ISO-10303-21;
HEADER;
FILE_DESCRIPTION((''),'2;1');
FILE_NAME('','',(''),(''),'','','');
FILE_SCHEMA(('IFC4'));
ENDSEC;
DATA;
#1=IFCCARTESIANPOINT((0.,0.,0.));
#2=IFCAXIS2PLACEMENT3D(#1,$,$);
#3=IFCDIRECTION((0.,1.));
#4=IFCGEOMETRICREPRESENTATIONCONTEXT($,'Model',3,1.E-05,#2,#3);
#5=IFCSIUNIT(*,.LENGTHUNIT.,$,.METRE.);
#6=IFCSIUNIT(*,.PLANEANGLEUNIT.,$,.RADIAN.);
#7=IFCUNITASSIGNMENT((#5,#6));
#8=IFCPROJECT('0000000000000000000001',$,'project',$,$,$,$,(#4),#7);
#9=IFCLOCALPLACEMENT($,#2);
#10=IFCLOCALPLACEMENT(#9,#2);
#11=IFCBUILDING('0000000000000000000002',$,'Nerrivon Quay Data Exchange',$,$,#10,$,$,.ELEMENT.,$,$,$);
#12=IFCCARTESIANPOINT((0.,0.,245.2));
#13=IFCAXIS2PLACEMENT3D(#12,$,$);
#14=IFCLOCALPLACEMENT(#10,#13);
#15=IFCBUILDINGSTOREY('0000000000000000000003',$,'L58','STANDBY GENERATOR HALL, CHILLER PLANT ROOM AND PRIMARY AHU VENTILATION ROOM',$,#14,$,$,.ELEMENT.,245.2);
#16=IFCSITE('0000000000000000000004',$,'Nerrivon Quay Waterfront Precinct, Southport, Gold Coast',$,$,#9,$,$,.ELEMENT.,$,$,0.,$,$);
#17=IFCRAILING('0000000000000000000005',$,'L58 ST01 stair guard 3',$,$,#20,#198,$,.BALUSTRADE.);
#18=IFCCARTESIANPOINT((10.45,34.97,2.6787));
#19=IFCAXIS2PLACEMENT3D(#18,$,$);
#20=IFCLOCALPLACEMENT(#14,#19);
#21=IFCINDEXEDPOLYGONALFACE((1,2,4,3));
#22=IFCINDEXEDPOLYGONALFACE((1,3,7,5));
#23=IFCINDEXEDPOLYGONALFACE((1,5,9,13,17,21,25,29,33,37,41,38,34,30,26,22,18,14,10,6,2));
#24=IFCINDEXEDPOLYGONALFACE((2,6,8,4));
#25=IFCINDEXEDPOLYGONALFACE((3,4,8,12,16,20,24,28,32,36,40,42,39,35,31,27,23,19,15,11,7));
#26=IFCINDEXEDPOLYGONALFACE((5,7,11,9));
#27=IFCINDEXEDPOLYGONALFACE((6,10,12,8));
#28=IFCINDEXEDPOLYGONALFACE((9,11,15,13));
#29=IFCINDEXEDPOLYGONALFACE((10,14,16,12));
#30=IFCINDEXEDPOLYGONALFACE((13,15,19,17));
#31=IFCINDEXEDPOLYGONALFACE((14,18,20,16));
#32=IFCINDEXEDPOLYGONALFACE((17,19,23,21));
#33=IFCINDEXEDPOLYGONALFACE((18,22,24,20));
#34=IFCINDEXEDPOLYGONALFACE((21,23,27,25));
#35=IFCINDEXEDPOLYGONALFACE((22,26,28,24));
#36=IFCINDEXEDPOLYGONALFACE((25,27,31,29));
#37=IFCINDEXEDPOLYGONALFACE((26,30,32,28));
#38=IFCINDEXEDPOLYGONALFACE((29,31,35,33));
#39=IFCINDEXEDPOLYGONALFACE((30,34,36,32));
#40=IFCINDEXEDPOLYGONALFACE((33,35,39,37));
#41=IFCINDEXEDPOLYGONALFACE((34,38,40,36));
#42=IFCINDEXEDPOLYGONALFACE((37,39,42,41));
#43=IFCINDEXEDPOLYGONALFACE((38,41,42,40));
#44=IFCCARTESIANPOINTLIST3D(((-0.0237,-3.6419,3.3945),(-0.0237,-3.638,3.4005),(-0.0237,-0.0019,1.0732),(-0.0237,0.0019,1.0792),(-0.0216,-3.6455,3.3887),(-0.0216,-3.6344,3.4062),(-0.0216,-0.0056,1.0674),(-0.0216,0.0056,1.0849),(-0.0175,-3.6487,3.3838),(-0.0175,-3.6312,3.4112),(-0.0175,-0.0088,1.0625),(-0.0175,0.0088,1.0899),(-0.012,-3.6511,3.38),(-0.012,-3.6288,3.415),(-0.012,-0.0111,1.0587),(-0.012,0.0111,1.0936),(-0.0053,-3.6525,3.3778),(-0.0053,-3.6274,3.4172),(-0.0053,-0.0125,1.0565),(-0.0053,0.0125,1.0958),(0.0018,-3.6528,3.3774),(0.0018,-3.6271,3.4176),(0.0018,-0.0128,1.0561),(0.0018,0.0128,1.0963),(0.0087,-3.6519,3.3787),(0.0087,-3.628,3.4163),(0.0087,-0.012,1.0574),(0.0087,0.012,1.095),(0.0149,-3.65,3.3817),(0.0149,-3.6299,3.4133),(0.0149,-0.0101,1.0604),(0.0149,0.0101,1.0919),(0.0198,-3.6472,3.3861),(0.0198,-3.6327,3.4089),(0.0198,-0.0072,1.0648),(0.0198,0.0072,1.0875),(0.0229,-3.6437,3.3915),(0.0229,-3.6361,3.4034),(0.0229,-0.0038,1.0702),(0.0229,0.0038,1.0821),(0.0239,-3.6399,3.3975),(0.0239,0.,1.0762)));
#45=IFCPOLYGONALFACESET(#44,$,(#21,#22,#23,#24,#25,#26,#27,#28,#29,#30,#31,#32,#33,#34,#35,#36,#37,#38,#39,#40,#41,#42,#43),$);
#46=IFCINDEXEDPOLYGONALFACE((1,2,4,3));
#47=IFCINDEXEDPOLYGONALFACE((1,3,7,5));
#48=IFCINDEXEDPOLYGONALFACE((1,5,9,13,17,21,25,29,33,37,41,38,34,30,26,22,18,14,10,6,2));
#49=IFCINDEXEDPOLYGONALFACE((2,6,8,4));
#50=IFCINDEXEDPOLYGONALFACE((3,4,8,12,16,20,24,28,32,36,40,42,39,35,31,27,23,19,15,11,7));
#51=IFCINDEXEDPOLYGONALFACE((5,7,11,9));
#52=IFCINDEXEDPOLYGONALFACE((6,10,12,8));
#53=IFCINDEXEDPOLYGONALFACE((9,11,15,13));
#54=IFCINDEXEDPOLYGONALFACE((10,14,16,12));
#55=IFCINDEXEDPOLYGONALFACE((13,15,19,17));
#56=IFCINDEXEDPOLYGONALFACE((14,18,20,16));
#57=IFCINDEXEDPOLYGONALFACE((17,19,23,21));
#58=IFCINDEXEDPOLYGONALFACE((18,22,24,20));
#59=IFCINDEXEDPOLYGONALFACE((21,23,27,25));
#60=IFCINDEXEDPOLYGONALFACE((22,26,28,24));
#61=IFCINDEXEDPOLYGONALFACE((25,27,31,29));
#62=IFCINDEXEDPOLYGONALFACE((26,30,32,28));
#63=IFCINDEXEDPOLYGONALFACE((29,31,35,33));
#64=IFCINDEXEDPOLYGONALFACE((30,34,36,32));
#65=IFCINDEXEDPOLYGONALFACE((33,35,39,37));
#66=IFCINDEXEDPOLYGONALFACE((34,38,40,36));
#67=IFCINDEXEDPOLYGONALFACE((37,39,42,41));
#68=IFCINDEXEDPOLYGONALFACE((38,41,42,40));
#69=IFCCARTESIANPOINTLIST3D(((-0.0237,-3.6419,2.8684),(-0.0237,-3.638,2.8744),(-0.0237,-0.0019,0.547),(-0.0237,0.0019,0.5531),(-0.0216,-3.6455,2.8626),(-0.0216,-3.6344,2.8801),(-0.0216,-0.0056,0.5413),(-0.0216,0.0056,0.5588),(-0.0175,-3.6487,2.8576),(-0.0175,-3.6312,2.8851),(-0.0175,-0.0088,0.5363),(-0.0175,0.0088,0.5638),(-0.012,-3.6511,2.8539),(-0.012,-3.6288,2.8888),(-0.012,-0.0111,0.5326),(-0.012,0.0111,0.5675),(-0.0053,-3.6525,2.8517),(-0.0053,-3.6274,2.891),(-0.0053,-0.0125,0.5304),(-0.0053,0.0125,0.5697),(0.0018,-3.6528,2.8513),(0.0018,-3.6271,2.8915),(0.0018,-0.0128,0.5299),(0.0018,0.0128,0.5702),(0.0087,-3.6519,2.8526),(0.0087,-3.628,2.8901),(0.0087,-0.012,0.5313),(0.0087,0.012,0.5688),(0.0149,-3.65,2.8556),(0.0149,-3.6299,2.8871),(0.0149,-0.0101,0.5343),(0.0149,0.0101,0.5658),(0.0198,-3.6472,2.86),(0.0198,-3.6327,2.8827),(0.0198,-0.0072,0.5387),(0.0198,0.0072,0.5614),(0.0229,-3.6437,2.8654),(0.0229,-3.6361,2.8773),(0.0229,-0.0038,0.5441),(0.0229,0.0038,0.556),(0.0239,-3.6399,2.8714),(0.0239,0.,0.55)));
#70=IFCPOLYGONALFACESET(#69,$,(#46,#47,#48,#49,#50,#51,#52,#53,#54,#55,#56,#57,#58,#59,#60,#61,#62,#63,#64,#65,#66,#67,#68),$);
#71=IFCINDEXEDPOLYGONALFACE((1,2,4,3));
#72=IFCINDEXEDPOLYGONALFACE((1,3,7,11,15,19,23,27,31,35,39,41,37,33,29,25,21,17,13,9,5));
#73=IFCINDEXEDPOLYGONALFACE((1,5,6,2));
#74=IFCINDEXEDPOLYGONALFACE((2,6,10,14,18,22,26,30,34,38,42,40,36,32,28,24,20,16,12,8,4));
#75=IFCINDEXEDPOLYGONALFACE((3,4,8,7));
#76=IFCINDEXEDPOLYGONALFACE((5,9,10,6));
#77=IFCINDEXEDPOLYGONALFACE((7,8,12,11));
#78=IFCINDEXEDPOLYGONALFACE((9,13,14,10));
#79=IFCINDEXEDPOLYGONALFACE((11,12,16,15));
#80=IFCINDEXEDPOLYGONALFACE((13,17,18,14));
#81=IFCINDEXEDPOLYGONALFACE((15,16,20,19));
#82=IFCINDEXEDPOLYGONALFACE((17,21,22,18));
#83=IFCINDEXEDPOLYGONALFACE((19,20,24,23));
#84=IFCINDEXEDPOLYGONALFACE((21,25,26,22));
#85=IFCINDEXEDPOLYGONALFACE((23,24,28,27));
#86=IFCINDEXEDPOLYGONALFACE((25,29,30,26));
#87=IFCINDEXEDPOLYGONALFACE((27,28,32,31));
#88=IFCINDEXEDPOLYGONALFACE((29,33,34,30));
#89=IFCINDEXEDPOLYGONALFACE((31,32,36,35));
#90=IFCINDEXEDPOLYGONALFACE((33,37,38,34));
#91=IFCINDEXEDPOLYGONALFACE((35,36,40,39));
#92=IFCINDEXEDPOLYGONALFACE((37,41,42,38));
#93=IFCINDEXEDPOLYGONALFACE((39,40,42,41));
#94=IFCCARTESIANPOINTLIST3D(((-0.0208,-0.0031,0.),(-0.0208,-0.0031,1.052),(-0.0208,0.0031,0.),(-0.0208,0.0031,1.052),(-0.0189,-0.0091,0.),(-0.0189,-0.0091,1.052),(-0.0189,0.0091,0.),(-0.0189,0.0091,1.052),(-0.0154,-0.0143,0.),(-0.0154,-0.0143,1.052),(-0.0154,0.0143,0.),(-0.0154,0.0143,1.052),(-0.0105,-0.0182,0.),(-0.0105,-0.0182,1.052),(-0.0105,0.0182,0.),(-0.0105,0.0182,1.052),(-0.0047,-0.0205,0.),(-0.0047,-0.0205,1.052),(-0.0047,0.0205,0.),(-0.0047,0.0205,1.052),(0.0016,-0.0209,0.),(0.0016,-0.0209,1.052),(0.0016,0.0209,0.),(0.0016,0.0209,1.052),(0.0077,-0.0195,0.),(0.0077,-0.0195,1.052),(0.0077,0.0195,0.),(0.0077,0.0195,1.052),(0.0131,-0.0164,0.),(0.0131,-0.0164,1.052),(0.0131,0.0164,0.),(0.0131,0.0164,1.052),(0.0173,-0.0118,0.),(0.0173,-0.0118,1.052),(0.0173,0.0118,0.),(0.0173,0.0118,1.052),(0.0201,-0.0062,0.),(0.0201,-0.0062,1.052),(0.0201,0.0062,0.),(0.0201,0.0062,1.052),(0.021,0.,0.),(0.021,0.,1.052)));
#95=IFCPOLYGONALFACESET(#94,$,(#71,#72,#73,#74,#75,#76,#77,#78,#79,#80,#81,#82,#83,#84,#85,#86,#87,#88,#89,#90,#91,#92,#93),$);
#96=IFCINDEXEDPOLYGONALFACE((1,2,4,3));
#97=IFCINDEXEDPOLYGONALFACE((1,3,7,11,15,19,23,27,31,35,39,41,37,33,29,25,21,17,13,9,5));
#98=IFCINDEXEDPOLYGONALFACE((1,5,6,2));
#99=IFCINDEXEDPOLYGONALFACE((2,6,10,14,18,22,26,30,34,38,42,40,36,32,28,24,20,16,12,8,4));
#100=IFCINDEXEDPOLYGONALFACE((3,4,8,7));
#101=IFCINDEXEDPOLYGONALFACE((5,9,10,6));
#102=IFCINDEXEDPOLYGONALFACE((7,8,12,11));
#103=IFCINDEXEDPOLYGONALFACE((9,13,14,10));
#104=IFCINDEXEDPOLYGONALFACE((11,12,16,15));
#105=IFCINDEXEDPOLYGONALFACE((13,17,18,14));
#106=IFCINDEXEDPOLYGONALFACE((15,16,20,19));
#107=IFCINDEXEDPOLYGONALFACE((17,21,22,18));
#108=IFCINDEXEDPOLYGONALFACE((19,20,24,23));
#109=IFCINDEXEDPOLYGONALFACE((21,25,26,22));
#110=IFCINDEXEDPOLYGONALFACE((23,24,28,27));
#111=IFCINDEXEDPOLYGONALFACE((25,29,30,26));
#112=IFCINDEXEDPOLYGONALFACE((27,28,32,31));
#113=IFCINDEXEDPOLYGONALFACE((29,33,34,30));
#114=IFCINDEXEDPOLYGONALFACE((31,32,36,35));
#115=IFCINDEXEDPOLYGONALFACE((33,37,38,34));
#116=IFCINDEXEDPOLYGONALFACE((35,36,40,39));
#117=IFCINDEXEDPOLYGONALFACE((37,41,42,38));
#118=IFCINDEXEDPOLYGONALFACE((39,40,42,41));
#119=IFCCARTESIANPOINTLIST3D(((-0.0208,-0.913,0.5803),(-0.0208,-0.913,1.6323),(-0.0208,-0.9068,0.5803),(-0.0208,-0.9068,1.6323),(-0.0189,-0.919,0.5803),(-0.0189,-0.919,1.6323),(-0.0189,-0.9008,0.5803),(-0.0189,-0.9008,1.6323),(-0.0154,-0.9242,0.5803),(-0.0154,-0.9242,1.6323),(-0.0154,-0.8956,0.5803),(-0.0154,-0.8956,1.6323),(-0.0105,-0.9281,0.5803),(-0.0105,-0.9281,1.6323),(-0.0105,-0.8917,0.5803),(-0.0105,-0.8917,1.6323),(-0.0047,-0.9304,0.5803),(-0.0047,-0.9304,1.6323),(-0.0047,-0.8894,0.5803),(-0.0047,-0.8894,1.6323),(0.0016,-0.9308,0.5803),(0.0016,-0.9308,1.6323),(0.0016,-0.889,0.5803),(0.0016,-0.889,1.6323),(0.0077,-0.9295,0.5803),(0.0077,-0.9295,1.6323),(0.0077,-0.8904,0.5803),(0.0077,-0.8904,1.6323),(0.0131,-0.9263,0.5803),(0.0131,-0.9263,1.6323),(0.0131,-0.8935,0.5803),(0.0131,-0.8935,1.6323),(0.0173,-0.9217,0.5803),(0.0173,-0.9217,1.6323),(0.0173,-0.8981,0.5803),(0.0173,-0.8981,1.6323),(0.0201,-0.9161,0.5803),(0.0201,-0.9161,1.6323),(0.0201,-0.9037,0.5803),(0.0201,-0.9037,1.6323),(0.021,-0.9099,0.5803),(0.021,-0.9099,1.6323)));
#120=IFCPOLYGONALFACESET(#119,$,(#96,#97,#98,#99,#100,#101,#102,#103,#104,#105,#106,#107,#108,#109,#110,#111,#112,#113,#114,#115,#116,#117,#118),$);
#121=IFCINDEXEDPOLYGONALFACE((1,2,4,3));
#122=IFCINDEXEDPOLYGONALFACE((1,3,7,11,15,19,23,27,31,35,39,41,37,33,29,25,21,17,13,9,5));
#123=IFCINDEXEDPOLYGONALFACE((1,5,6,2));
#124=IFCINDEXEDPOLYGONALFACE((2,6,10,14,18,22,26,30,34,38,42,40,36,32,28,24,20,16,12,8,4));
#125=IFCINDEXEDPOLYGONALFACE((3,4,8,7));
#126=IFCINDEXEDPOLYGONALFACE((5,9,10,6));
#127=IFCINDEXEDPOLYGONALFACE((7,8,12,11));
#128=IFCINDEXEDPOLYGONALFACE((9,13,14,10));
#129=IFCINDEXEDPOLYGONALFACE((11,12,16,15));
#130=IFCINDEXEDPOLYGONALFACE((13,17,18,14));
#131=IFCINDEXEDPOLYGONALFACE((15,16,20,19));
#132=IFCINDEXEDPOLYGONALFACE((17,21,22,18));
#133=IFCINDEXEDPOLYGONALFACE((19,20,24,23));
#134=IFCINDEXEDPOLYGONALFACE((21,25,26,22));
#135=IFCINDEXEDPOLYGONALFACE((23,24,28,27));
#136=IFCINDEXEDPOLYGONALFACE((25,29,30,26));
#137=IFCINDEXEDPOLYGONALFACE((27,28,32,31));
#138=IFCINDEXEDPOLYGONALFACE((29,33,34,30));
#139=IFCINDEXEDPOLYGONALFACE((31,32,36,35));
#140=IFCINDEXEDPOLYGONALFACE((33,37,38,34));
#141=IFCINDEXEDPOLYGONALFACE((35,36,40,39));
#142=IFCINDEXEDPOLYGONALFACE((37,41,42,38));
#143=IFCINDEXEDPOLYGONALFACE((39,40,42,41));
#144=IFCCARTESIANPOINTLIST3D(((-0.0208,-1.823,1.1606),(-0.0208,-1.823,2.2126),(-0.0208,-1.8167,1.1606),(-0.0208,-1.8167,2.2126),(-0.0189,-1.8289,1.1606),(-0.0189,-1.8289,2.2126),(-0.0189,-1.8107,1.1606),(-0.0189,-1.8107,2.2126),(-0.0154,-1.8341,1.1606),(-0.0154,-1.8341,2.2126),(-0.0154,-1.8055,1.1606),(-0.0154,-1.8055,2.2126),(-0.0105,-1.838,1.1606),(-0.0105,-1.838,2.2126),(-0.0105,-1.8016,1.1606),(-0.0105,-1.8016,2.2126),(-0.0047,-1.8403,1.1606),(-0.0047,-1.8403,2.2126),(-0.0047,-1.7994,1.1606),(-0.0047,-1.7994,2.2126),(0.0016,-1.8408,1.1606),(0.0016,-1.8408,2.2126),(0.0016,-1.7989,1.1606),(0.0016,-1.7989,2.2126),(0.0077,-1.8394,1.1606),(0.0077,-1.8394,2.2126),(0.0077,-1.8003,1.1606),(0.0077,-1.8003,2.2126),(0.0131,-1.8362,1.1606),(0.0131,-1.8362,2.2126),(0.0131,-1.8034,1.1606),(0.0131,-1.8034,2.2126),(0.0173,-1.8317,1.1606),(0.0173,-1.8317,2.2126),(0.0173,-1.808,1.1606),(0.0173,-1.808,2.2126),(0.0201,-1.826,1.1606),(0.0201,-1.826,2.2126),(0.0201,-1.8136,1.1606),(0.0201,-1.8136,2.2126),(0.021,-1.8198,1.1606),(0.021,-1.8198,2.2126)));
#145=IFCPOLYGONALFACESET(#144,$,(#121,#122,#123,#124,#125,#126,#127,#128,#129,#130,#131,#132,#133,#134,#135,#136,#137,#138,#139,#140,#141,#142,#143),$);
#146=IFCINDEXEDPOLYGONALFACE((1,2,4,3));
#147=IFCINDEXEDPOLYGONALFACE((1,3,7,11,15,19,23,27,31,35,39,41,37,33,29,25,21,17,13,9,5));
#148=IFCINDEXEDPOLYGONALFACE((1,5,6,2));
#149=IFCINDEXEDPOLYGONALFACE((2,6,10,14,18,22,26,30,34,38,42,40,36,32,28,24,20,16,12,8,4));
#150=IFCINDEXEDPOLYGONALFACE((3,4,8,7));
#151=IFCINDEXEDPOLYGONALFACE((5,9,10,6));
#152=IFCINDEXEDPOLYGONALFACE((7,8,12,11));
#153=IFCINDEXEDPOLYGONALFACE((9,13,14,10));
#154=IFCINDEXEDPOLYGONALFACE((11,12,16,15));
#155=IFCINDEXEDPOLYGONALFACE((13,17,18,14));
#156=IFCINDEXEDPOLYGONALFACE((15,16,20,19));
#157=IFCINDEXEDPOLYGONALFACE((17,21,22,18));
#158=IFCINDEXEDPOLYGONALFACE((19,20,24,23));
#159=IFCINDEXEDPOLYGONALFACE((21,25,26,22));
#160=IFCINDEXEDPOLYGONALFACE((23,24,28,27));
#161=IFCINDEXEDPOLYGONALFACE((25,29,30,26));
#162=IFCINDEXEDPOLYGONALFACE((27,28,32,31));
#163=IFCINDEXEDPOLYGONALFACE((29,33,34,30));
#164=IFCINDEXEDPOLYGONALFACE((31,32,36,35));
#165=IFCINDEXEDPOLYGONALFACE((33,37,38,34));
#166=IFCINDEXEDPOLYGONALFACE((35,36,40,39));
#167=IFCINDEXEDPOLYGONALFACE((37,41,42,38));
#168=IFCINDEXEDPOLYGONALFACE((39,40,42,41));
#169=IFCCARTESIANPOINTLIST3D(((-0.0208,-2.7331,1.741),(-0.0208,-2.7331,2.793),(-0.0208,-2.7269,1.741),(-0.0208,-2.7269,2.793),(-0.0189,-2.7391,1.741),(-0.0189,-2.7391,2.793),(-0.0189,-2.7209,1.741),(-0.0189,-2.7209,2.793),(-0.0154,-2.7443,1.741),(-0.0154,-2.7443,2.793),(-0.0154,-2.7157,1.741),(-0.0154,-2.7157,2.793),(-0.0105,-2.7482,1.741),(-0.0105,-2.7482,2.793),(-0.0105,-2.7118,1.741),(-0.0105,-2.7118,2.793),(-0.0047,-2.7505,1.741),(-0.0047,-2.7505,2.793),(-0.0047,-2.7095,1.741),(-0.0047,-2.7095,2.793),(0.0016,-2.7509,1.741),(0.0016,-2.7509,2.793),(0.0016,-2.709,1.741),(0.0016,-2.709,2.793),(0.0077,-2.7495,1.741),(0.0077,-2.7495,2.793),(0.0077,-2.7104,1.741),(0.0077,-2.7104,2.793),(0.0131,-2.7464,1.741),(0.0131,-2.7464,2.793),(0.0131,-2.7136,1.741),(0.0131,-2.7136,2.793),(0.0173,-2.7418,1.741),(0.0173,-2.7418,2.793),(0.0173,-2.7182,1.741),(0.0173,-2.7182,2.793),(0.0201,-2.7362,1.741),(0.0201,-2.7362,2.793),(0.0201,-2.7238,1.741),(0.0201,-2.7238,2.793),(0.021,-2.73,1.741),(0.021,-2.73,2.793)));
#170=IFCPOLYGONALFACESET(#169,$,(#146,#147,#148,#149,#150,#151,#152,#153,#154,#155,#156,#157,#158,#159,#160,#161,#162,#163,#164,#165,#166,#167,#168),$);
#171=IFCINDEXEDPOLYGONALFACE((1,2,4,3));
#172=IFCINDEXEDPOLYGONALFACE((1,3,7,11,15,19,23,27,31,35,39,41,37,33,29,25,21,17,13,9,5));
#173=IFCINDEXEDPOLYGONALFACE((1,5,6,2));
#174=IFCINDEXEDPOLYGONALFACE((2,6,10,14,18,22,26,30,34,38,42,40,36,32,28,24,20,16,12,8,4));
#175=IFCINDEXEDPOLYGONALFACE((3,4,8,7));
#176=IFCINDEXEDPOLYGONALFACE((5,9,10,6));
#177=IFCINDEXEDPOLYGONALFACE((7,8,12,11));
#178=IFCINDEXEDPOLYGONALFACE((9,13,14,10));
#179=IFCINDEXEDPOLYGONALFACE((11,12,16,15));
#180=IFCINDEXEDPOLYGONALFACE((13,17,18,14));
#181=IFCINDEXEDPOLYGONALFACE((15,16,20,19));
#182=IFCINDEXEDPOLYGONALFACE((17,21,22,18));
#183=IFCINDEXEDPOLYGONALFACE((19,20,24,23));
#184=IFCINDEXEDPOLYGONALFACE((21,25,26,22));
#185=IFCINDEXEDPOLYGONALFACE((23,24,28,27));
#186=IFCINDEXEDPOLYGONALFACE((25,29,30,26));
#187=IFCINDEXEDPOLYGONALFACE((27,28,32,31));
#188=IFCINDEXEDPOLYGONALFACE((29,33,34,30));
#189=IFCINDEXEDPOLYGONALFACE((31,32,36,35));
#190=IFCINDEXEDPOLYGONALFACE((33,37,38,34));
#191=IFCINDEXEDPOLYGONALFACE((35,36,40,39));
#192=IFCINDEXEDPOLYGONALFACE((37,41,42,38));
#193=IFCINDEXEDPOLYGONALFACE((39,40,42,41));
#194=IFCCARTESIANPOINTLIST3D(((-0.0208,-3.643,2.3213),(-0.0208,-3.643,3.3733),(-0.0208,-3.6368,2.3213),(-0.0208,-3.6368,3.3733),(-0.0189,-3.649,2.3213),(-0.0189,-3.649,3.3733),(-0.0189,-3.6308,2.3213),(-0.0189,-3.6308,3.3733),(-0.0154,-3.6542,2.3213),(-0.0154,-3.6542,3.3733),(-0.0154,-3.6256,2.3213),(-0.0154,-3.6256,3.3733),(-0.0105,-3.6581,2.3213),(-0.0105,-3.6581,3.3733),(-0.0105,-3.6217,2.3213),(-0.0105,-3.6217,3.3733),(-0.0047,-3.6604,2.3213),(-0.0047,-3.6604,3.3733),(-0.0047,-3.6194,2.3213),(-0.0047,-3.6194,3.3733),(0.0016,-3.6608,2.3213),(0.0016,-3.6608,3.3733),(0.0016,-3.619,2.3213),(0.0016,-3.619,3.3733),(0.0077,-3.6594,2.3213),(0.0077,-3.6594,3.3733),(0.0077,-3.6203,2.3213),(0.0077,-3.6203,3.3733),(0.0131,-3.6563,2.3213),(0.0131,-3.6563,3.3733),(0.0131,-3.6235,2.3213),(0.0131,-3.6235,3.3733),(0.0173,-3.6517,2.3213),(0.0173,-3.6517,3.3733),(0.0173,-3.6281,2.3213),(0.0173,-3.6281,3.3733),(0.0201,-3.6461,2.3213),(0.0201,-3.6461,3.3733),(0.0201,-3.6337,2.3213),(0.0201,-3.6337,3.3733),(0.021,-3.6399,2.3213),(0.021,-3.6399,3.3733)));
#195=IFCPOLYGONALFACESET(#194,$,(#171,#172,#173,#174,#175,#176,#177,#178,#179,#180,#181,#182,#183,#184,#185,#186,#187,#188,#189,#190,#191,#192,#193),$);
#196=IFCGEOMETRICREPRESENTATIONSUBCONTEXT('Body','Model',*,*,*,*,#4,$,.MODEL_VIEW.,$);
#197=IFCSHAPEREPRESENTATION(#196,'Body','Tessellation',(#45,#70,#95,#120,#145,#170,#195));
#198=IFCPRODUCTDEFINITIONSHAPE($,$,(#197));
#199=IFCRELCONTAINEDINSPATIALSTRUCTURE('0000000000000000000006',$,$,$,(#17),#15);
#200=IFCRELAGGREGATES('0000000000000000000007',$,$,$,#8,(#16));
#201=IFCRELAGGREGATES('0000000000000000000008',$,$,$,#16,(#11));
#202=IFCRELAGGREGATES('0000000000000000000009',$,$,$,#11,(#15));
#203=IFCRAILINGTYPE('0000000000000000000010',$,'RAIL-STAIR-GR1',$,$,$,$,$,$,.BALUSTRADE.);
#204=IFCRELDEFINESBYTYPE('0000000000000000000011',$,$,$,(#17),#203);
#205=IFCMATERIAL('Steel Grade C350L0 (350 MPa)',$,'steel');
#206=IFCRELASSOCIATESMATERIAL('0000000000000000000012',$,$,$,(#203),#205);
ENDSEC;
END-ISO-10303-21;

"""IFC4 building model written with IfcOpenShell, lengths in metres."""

from ifc_helpers import new_model, si_unit, direction, frame, origin, origin_2d, place, context, subcontext, project, spatial, circle, extrude, material, type_object, element, save


model = new_model("IFC4")

# Units and contexts
model_context = context("Model", 3, precision=1e-05, world=origin(), true_north=direction((0.0, 1.0)))
body_context = subcontext(model_context, "Body", "Model", "MODEL_VIEW")
ifc_project = project(units=[si_unit("LENGTHUNIT", "METRE"), si_unit("PLANEANGLEUNIT", "RADIAN")], contexts=[model_context])

# Site, building, storey
site_placement = place(None, origin())
site = spatial("IfcSite", under=ifc_project, at=site_placement, Name="Nerrivon Quay Waterfront Precinct, Southport, Gold Coast", CompositionType="ELEMENT", RefElevation=0.0)
building_placement = place(site_placement, origin())
building = spatial("IfcBuilding", under=site, at=building_placement, Name="Nerrivon Quay Data Exchange", CompositionType="ELEMENT")
storey_placement = place(building_placement, frame((0.0, 0.0, 245.2)))
storey = spatial("IfcBuildingStorey", under=building, at=storey_placement, Name="L58", Description="STANDBY GENERATOR HALL, CHILLER PLANT ROOM AND PRIMARY AHU VENTILATION ROOM", CompositionType="ELEMENT", Elevation=245.2)

# Shared definitions
ifc_material_1 = material(Name="Steel Grade C350L0 (350 MPa)", Category="steel")

# Railing
railing_type_1 = type_object("IfcRailingType", Name="RAIL-STAIR-GR1", PredefinedType="BALUSTRADE", material=ifc_material_1)
railing_1_placement = place(storey_placement, frame((10.45, 34.97, 2.6787)))
element("IfcRailing", 1, at=railing_1_placement, inside=storey, type_object=railing_type_1, Name="L58 ST01 stair guard 3", PredefinedType="BALUSTRADE", context=body_context, shape_type="SweptSolid", body=[
    extrude(circle(Radius=0.0239, at=origin_2d()), frame((0.0, 0.0, 1.0762), z_axis=(0.0, -0.843137, 0.537699), x_axis=(1.0, 0.0, 0.0)), (0.0, 0.0, 1.0), 4.3171),
    extrude(circle(Radius=0.0239, at=origin_2d()), frame((0.0, 0.0, 0.55), z_axis=(0.0, -0.843137, 0.537699), x_axis=(1.0, 0.0, 0.0)), (0.0, 0.0, 1.0), 4.3171),
    extrude(circle(Radius=0.021, at=origin_2d()), origin(), (0.0, 0.0, 1.0), 1.052),
    extrude(circle(Radius=0.021, at=origin_2d()), frame((0.0, -0.9099, 0.5803)), (0.0, 0.0, 1.0), 1.052),
    extrude(circle(Radius=0.021, at=origin_2d()), frame((0.0, -1.8198, 1.1606)), (0.0, 0.0, 1.0), 1.052),
    extrude(circle(Radius=0.021, at=origin_2d()), frame((0.0, -2.73, 1.741)), (0.0, 0.0, 1.0), 1.052),
    extrude(circle(Radius=0.021, at=origin_2d()), frame((0.0, -3.6399, 2.3213)), (0.0, 0.0, 1.0), 1.052),
])

save(model, "model.ifc")
